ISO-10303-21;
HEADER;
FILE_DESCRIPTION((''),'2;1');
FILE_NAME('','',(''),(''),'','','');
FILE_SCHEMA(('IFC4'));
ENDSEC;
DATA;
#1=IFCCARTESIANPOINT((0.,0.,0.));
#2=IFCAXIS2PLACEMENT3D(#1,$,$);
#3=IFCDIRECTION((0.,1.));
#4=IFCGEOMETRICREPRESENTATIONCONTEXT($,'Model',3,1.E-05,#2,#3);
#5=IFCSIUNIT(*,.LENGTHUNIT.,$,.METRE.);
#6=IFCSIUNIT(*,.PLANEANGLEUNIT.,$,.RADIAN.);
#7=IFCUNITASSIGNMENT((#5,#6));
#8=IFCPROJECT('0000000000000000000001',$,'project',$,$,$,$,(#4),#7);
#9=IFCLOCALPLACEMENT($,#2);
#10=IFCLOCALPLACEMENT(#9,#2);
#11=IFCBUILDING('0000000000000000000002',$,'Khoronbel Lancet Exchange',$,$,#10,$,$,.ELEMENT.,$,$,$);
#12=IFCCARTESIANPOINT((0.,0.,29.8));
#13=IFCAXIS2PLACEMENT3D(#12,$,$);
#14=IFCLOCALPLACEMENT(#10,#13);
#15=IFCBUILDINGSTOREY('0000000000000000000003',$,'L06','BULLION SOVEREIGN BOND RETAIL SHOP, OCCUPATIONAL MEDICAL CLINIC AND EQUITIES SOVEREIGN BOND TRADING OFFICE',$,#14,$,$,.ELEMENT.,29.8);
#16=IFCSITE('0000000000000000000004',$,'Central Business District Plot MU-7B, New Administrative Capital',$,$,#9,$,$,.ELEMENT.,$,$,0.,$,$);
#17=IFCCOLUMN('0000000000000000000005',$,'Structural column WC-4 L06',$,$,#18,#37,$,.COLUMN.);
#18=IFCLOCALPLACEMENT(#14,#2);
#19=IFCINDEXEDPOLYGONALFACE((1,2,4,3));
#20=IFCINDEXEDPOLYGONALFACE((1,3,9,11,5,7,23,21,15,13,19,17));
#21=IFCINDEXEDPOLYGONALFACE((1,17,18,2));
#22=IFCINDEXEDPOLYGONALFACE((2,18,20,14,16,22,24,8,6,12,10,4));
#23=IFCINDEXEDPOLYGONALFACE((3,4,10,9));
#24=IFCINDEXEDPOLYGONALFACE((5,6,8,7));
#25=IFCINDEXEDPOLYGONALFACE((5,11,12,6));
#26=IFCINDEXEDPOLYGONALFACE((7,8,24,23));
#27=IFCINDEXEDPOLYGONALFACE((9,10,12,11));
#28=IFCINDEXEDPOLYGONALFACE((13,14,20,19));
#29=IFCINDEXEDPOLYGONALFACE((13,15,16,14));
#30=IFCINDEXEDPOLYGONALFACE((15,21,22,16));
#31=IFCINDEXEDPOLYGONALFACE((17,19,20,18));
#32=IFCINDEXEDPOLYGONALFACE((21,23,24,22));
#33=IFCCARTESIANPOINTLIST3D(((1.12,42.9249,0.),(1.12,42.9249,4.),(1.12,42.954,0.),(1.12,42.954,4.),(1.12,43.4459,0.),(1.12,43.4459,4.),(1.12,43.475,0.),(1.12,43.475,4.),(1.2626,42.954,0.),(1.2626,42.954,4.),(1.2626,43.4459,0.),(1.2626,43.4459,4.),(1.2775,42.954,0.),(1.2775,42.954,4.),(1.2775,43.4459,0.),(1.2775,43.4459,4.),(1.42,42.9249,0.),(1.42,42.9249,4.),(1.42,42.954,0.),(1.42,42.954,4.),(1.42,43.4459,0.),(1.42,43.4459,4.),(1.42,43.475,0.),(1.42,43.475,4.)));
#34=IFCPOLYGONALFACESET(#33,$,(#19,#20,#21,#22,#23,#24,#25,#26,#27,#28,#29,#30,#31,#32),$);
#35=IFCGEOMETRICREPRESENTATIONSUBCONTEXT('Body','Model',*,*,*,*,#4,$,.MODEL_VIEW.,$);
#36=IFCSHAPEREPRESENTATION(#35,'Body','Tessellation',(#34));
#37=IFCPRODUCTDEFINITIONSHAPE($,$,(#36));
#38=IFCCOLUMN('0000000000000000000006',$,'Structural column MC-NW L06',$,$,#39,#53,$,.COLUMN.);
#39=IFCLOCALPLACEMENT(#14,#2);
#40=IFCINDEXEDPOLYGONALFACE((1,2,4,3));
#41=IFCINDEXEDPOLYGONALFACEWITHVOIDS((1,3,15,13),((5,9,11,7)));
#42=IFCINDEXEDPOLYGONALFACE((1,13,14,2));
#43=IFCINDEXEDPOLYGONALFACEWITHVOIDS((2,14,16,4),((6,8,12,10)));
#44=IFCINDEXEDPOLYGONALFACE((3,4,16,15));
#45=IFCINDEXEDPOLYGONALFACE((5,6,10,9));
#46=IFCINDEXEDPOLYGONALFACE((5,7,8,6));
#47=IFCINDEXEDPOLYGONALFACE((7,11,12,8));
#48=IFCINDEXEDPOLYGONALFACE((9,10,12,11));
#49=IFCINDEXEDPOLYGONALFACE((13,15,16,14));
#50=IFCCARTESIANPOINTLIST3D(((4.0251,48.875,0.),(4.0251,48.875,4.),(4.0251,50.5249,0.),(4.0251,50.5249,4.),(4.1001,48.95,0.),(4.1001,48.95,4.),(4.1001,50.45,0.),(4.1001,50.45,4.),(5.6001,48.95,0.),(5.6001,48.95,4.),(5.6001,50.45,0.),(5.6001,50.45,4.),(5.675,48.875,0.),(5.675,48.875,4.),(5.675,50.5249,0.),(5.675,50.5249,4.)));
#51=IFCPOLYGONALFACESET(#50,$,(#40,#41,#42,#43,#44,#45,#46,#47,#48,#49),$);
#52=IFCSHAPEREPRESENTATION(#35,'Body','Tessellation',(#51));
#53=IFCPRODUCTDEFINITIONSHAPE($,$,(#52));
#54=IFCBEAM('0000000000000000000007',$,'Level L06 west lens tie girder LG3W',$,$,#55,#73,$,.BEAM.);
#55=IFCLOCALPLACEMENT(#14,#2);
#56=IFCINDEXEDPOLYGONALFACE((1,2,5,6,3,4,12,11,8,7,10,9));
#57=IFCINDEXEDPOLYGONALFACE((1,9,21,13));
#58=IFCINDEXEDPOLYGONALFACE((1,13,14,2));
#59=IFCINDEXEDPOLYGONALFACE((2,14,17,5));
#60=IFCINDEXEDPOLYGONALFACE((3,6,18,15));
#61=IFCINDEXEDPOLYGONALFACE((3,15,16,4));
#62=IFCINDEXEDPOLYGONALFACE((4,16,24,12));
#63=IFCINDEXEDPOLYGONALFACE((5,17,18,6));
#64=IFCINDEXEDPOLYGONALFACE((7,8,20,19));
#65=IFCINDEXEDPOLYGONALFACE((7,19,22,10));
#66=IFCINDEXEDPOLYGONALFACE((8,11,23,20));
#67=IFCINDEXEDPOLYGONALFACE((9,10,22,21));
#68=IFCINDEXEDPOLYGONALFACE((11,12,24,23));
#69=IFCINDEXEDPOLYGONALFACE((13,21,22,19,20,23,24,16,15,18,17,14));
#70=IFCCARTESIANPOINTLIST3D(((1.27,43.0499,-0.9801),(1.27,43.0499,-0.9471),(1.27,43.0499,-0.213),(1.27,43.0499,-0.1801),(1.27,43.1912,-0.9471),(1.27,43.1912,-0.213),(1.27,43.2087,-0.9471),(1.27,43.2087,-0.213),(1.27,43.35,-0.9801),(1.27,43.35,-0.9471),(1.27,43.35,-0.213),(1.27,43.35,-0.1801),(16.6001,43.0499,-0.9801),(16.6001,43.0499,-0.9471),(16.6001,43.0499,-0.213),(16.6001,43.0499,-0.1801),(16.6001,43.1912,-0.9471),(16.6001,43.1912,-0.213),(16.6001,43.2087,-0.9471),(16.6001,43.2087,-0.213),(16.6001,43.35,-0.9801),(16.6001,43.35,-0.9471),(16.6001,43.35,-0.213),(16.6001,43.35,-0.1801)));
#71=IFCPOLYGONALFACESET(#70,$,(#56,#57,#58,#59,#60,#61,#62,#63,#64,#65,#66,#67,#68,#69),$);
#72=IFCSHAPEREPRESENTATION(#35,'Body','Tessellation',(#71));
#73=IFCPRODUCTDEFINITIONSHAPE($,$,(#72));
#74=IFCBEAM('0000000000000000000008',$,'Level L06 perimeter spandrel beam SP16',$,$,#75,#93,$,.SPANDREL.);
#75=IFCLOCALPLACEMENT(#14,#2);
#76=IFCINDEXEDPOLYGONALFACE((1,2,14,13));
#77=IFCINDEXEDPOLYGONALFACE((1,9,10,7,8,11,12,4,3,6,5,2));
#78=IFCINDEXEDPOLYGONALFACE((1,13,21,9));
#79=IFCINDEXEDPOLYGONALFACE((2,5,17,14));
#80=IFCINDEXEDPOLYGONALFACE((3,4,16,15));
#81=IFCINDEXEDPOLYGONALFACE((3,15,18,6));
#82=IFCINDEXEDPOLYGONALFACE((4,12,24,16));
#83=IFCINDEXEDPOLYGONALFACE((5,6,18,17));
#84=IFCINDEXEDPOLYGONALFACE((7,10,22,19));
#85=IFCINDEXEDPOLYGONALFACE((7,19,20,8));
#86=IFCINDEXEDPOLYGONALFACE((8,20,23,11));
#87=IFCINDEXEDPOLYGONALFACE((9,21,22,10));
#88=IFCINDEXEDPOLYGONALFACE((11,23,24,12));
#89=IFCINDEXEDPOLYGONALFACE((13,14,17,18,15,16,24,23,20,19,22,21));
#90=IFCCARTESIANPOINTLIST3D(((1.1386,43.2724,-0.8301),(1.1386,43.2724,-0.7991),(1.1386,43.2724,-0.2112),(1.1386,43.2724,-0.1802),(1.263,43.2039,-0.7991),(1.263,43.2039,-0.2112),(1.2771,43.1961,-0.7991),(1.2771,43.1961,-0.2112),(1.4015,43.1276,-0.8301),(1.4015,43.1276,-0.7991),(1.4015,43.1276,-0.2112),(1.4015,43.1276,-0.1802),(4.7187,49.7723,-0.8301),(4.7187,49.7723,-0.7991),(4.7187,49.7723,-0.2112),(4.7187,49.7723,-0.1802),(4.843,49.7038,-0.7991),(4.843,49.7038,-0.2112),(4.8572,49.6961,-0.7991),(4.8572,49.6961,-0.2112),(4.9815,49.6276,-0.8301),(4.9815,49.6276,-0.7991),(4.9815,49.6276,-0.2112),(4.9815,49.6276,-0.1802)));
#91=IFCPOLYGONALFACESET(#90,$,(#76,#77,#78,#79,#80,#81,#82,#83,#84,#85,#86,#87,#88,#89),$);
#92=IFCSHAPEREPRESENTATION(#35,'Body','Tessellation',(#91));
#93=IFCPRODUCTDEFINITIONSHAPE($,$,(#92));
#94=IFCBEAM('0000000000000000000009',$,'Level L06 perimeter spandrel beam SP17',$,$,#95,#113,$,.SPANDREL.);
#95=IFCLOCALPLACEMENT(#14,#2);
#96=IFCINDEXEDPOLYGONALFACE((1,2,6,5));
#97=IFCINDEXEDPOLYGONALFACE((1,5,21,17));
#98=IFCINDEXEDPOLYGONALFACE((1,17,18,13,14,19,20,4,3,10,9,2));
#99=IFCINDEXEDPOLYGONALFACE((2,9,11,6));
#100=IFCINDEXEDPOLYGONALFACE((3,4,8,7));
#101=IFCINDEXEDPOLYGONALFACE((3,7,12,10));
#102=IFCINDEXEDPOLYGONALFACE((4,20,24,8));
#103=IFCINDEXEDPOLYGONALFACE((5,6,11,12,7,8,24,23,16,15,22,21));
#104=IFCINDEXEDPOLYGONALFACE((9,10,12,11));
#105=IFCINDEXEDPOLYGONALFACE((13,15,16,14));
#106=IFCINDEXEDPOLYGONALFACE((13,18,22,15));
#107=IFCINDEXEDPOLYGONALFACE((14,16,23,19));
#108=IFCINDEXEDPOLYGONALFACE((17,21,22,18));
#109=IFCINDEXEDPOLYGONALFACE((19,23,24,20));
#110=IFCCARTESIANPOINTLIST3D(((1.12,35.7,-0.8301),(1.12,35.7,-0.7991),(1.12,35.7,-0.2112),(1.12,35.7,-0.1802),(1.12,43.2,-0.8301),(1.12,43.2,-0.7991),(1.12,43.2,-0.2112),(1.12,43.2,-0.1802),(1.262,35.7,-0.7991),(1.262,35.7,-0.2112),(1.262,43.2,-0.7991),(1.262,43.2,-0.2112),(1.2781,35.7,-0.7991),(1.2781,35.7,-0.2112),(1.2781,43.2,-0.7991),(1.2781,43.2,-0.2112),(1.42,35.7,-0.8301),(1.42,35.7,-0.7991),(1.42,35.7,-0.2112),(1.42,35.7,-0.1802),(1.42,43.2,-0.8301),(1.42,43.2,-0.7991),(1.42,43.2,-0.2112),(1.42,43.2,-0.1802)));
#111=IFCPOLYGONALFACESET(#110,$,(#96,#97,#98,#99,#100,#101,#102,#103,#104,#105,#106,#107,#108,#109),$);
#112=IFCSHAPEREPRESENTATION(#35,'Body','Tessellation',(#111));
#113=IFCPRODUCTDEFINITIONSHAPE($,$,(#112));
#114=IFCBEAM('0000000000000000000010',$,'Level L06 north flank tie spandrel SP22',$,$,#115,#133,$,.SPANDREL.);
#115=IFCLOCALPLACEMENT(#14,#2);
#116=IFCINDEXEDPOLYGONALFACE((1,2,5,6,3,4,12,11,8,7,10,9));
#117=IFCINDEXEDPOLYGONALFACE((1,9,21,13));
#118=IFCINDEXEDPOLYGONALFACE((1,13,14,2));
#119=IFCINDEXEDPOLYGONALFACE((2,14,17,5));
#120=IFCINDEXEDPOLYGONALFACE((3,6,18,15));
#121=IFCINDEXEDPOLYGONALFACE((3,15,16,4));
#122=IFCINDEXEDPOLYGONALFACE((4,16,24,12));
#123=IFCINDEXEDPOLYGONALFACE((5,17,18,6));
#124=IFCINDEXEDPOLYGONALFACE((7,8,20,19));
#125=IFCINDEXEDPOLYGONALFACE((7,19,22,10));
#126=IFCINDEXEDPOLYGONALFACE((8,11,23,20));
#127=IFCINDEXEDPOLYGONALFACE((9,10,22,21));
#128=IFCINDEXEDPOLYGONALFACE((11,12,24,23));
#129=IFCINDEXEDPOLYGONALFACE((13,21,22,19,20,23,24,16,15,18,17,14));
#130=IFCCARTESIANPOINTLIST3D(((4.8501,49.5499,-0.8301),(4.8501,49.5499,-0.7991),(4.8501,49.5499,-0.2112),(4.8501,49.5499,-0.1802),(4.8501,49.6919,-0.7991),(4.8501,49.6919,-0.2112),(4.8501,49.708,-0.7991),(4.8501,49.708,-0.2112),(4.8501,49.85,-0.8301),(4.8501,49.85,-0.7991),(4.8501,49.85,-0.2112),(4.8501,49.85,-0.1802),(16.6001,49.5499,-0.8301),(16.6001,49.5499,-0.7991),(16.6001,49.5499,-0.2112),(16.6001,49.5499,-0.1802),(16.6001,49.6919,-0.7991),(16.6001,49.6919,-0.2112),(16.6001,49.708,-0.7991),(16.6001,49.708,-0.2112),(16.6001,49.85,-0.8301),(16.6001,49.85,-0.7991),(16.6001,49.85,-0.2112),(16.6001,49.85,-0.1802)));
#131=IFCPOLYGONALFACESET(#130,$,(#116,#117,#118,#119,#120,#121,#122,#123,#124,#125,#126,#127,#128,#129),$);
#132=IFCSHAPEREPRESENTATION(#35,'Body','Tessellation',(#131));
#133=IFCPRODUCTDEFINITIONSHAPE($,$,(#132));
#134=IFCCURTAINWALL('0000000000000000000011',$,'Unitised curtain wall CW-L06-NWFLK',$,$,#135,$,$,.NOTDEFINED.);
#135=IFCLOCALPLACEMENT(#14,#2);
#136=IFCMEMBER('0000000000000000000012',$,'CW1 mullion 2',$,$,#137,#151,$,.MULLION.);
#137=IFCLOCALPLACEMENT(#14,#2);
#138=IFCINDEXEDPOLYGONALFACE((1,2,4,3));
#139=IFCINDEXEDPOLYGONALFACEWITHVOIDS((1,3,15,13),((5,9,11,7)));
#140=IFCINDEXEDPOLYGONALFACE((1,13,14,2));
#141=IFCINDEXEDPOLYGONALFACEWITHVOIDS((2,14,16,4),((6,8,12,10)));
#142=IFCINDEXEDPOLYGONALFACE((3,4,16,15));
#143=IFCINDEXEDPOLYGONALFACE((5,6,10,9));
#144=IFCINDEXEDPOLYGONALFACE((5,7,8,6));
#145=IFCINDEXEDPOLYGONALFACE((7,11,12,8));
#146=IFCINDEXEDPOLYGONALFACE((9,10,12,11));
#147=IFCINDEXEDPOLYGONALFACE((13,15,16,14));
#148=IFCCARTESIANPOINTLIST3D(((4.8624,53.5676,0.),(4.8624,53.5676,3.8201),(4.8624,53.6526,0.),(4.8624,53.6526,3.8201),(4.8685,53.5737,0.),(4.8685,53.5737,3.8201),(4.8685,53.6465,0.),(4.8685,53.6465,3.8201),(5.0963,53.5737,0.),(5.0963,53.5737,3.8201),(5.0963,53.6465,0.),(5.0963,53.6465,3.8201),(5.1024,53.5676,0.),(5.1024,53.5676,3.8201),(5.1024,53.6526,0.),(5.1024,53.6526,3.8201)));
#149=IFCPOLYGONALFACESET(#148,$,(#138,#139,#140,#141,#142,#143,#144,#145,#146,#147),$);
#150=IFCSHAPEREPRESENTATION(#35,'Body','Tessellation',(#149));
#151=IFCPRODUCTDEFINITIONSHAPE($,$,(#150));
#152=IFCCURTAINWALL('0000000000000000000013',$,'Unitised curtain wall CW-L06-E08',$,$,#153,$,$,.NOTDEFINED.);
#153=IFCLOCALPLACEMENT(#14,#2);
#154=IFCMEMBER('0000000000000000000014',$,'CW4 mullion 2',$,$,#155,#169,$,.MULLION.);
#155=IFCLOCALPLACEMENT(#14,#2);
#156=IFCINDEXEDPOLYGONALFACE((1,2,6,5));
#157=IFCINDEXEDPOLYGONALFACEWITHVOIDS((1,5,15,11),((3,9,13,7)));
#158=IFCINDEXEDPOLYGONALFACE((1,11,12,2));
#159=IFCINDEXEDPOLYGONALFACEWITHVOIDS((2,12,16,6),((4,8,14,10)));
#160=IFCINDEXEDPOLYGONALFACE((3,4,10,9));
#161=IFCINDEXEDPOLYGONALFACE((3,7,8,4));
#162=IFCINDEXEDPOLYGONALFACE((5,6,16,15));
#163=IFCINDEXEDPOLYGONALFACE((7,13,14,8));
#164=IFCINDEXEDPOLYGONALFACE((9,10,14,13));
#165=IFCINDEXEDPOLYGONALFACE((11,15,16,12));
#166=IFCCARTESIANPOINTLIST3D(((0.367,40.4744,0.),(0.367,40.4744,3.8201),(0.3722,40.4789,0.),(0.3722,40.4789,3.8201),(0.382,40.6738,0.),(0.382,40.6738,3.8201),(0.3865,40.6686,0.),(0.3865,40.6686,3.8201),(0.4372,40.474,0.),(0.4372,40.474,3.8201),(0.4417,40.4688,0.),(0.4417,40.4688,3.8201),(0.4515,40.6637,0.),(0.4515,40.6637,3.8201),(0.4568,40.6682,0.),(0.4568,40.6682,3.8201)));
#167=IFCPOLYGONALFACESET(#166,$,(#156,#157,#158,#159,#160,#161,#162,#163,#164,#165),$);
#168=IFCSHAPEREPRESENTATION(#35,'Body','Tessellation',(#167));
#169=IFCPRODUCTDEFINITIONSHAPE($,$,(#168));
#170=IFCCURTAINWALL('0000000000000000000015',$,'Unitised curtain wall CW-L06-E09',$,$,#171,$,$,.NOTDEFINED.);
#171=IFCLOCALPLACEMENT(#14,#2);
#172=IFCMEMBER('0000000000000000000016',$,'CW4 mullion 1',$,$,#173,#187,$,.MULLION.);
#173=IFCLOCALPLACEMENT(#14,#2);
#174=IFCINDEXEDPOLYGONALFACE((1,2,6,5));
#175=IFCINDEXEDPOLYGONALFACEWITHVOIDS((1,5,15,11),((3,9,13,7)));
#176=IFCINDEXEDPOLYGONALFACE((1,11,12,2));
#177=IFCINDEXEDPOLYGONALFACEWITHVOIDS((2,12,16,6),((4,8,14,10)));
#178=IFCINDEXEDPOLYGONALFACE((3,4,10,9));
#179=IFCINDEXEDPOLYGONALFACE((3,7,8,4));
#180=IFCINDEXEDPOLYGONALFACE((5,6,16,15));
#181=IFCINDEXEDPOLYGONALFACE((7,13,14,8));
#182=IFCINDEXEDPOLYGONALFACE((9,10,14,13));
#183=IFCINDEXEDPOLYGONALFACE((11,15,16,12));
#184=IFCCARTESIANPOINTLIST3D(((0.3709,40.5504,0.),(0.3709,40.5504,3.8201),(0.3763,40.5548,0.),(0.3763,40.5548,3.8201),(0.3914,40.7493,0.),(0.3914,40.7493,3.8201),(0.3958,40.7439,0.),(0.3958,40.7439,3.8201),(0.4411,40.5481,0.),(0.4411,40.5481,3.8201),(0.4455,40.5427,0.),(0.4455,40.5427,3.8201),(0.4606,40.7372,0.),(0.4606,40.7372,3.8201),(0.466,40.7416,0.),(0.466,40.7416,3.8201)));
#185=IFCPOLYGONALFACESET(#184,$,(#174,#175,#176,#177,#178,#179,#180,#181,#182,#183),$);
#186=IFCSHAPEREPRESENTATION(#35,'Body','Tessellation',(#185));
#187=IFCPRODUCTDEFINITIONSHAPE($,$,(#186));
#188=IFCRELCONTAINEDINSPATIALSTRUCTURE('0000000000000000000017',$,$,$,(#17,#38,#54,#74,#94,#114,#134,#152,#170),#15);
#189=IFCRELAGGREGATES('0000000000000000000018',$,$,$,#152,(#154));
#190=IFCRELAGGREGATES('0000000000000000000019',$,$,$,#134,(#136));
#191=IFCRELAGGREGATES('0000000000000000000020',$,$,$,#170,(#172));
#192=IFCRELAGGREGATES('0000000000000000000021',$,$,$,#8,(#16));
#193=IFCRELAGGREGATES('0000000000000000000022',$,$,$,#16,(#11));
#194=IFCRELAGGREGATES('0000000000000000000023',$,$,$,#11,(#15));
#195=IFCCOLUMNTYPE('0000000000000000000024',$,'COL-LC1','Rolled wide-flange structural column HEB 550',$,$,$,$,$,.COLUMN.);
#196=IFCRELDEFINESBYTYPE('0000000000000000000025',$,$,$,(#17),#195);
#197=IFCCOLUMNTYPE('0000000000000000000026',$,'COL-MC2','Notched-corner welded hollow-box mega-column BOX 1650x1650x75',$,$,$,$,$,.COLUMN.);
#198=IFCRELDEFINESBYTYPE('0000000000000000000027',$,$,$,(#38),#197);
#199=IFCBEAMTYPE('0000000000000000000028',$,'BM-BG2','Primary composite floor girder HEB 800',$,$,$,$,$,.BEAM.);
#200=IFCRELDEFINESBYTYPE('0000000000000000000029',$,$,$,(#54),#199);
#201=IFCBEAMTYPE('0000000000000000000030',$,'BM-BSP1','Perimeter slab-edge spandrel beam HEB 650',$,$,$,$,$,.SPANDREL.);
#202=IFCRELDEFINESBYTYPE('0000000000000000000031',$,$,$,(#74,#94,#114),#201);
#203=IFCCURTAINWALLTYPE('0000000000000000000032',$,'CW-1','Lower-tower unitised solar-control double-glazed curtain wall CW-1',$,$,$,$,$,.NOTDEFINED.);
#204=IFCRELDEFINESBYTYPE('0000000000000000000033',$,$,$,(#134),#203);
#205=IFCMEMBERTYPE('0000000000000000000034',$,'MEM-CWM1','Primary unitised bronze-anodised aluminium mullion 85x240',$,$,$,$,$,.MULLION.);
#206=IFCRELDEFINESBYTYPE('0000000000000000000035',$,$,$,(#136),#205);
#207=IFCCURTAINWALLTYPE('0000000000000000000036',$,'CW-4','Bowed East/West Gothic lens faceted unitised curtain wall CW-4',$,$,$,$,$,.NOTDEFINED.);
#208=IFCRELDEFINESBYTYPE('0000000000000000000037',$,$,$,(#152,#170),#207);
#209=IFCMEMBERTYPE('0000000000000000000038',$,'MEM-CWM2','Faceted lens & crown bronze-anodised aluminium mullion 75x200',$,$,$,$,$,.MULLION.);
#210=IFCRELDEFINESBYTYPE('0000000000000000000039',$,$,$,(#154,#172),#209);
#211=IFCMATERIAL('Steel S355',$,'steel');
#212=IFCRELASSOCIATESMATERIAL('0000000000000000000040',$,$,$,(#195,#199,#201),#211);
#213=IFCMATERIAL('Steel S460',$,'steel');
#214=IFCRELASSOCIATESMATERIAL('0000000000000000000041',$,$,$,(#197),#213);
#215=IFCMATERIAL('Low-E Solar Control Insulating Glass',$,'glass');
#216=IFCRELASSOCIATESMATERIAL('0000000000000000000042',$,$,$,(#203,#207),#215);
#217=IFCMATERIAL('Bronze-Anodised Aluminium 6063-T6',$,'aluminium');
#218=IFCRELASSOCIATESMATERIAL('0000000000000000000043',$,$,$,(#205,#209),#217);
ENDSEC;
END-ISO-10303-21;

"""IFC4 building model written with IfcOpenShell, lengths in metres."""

from ifc_helpers import new_model, si_unit, direction, frame, origin, origin_2d, place, context, subcontext, project, spatial, hollow_rectangle, i_section, extrude, material, material_profile, profile_set, type_object, element, aggregate, save


model = new_model("IFC4")

# Units and contexts
model_context = context("Model", 3, precision=1e-05, world=origin(), true_north=direction((0.0, 1.0)))
body_context = subcontext(model_context, "Body", "Model", "MODEL_VIEW")
ifc_project = project(units=[si_unit("LENGTHUNIT", "METRE"), si_unit("PLANEANGLEUNIT", "RADIAN")], contexts=[model_context])

# Site, building, storey
site_placement = place(None, origin())
site = spatial("IfcSite", under=ifc_project, at=site_placement, Name="Central Business District Plot MU-7B, New Administrative Capital", CompositionType="ELEMENT", RefElevation=0.0)
building_placement = place(site_placement, origin())
building = spatial("IfcBuilding", under=site, at=building_placement, Name="Khoronbel Lancet Exchange", CompositionType="ELEMENT")
storey_placement = place(building_placement, frame((0.0, 0.0, 29.8)))
storey = spatial("IfcBuildingStorey", under=building, at=storey_placement, Name="L06", Description="BULLION SOVEREIGN BOND RETAIL SHOP, OCCUPATIONAL MEDICAL CLINIC AND EQUITIES SOVEREIGN BOND TRADING OFFICE", CompositionType="ELEMENT", Elevation=29.8)

# Columns
ifc_material_1 = material(Name="Steel S355", Category="steel")
ifc_material_profile_1 = material_profile(ifc_material_1, i_section(OverallWidth=0.3, OverallDepth=0.55, WebThickness=0.0149, FlangeThickness=0.0291, at=origin_2d()), Name="HEB 550")
ifc_profile_set_1 = profile_set([ifc_material_profile_1], Name="Steel S355")
column_type_1 = type_object("IfcColumnType", Name="COL-LC1", Description="Rolled wide-flange structural column HEB 550", PredefinedType="COLUMN", material=ifc_profile_set_1)
column_1_placement = place(storey_placement, frame((1.27, 43.2, 0.0), z_axis=(0.0, 0.0, 1.0), x_axis=(1.0, 0.0, 0.0)))
element("IfcColumn", 1, at=column_1_placement, inside=storey, type_object=column_type_1, Name="Structural column WC-4 L06", PredefinedType="COLUMN", context=body_context, shape_type="SweptSolid", body=[
    extrude(i_section(OverallWidth=0.3, OverallDepth=0.55, WebThickness=0.0149, FlangeThickness=0.0291, at=origin_2d()), origin(), (0.0, 0.0, 1.0), 4.0),
])
ifc_material_2 = material(Name="Steel S460", Category="steel")
ifc_material_profile_2 = material_profile(ifc_material_2, hollow_rectangle(XDim=1.6499, YDim=1.6499, WallThickness=0.075, at=origin_2d()), Name="BOX 1650x1650x75")
ifc_profile_set_2 = profile_set([ifc_material_profile_2], Name="Steel S460")
column_type_2 = type_object("IfcColumnType", Name="COL-MC2", Description="Notched-corner welded hollow-box mega-column BOX 1650x1650x75", PredefinedType="COLUMN", material=ifc_profile_set_2)
column_2_placement = place(storey_placement, frame((4.8501, 49.7, 0.0), z_axis=(0.0, 0.0, 1.0), x_axis=(1.0, 0.0, 0.0)))
element("IfcColumn", 2, at=column_2_placement, inside=storey, type_object=column_type_2, Name="Structural column MC-NW L06", PredefinedType="COLUMN", context=body_context, shape_type="SweptSolid", body=[
    extrude(hollow_rectangle(XDim=1.6499, YDim=1.6499, WallThickness=0.075, at=origin_2d()), origin(), (0.0, 0.0, 1.0), 4.0),
])

# Beams
ifc_material_profile_3 = material_profile(ifc_material_1, i_section(OverallWidth=0.3, OverallDepth=0.8, WebThickness=0.0176, FlangeThickness=0.033, at=origin_2d()), Name="HEB 800")
ifc_profile_set_3 = profile_set([ifc_material_profile_3], Name="Steel S355")
beam_type_1 = type_object("IfcBeamType", Name="BM-BG2", Description="Primary composite floor girder HEB 800", PredefinedType="BEAM", material=ifc_profile_set_3)
beam_1_placement = place(storey_placement, frame((1.27, 43.2, -0.5801), z_axis=(1.0, 0.0, 0.0), x_axis=(0.0, 1.0, 0.0)))
element("IfcBeam", 3, at=beam_1_placement, inside=storey, type_object=beam_type_1, Name="Level L06 west lens tie girder LG3W", PredefinedType="BEAM", context=body_context, shape_type="SweptSolid", body=[
    extrude(i_section(OverallWidth=0.3, OverallDepth=0.8, WebThickness=0.0176, FlangeThickness=0.033, at=origin_2d()), origin(), (0.0, 0.0, 1.0), 15.3301),
])
ifc_material_profile_4 = material_profile(ifc_material_1, i_section(OverallWidth=0.3, OverallDepth=0.6499, WebThickness=0.0161, FlangeThickness=0.031, at=origin_2d()), Name="HEB 650")
ifc_profile_set_4 = profile_set([ifc_material_profile_4], Name="Steel S355")
beam_type_2 = type_object("IfcBeamType", Name="BM-BSP1", Description="Perimeter slab-edge spandrel beam HEB 650", PredefinedType="SPANDREL", material=ifc_profile_set_4)
beam_2_placement = place(storey_placement, frame((4.8501, 49.7, -0.5051), z_axis=(-0.482444, -0.875927, 0.0), x_axis=(0.875927, -0.482444, 0.0)))
element("IfcBeam", 4, at=beam_2_placement, inside=storey, type_object=beam_type_2, Name="Level L06 perimeter spandrel beam SP16", PredefinedType="SPANDREL", context=body_context, shape_type="SweptSolid", body=[
    extrude(i_section(OverallWidth=0.3, OverallDepth=0.6499, WebThickness=0.0161, FlangeThickness=0.031, at=origin_2d()), origin(), (0.0, 0.0, 1.0), 7.4207),
])
beam_3_placement = place(storey_placement, frame((1.27, 43.2, -0.5051), z_axis=(0.0, -1.0, 0.0), x_axis=(1.0, 0.0, 0.0)))
element("IfcBeam", 5, at=beam_3_placement, inside=storey, type_object=beam_type_2, Name="Level L06 perimeter spandrel beam SP17", PredefinedType="SPANDREL", context=body_context, shape_type="SweptSolid", body=[
    extrude(i_section(OverallWidth=0.3, OverallDepth=0.6499, WebThickness=0.0161, FlangeThickness=0.031, at=origin_2d()), origin(), (0.0, 0.0, 1.0), 7.5),
])
beam_4_placement = place(storey_placement, frame((4.8501, 49.7, -0.5051), z_axis=(1.0, 0.0, 0.0), x_axis=(0.0, 1.0, 0.0)))
element("IfcBeam", 6, at=beam_4_placement, inside=storey, type_object=beam_type_2, Name="Level L06 north flank tie spandrel SP22", PredefinedType="SPANDREL", context=body_context, shape_type="SweptSolid", body=[
    extrude(i_section(OverallWidth=0.3, OverallDepth=0.6499, WebThickness=0.0161, FlangeThickness=0.031, at=origin_2d()), origin(), (0.0, 0.0, 1.0), 11.75),
])

# Curtain walls, members
ifc_material_3 = material(Name="Low-E Solar Control Insulating Glass", Category="glass")
curtain_wall_type_1 = type_object("IfcCurtainWallType", Name="CW-1", Description="Lower-tower unitised solar-control double-glazed curtain wall CW-1", PredefinedType="NOTDEFINED", material=ifc_material_3)
curtain_wall_1_placement = place(storey_placement, origin())
curtain_wall_1 = element("IfcCurtainWall", 7, at=curtain_wall_1_placement, inside=storey, type_object=curtain_wall_type_1, Name="Unitised curtain wall CW-L06-NWFLK", PredefinedType="NOTDEFINED")
ifc_material_4 = material(Name="Bronze-Anodised Aluminium 6063-T6", Category="aluminium")
ifc_material_profile_5 = material_profile(ifc_material_4, hollow_rectangle(XDim=0.085, YDim=0.24, WallThickness=0.0061, at=origin_2d()), Name="ALU MULLION 85x240")
ifc_profile_set_5 = profile_set([ifc_material_profile_5], Name="Bronze-Anodised Aluminium 6063-T6")
member_type_1 = type_object("IfcMemberType", Name="MEM-CWM1", Description="Primary unitised bronze-anodised aluminium mullion 85x240", PredefinedType="MULLION", material=ifc_profile_set_5)
member_1_placement = place(storey_placement, frame((4.9824, 53.6101, 0.0), z_axis=(0.0, 0.0, 1.0), x_axis=(0.0, -1.0, 0.0)))
member_1 = element("IfcMember", 8, at=member_1_placement, type_object=member_type_1, Name="CW1 mullion 2", PredefinedType="MULLION", context=body_context, shape_type="SweptSolid", body=[
    extrude(hollow_rectangle(XDim=0.085, YDim=0.24, WallThickness=0.0061, at=origin_2d()), origin(), (0.0, 0.0, 1.0), 3.8201),
])
curtain_wall_type_2 = type_object("IfcCurtainWallType", Name="CW-4", Description="Bowed East/West Gothic lens faceted unitised curtain wall CW-4", PredefinedType="NOTDEFINED", material=ifc_material_3)
curtain_wall_2_placement = place(storey_placement, origin())
curtain_wall_2 = element("IfcCurtainWall", 9, at=curtain_wall_2_placement, inside=storey, type_object=curtain_wall_type_2, Name="Unitised curtain wall CW-L06-E08", PredefinedType="NOTDEFINED")
ifc_material_profile_6 = material_profile(ifc_material_4, hollow_rectangle(XDim=0.075, YDim=0.2, WallThickness=0.0049, at=origin_2d()), Name="ALU MULLION 75x200")
ifc_profile_set_6 = profile_set([ifc_material_profile_6], Name="Bronze-Anodised Aluminium 6063-T6")
member_type_2 = type_object("IfcMemberType", Name="MEM-CWM2", Description="Faceted lens & crown bronze-anodised aluminium mullion 75x200", PredefinedType="MULLION", material=ifc_profile_set_6)
member_2_placement = place(storey_placement, frame((0.4119, 40.5713, 0.0), z_axis=(0.0, 0.0, 1.0), x_axis=(-0.997154, 0.075395, 0.0)))
member_2 = element("IfcMember", 10, at=member_2_placement, type_object=member_type_2, Name="CW4 mullion 2", PredefinedType="MULLION", context=body_context, shape_type="SweptSolid", body=[
    extrude(hollow_rectangle(XDim=0.075, YDim=0.2, WallThickness=0.0049, at=origin_2d()), origin(), (0.0, 0.0, 1.0), 3.8201),
])

# Curtain wall, member
curtain_wall_3_placement = place(storey_placement, origin())
curtain_wall_3 = element("IfcCurtainWall", 11, at=curtain_wall_3_placement, inside=storey, type_object=curtain_wall_type_2, Name="Unitised curtain wall CW-L06-E09", PredefinedType="NOTDEFINED")
member_3_placement = place(storey_placement, frame((0.4185, 40.646, 0.0), z_axis=(0.0, 0.0, 1.0), x_axis=(-0.99471, 0.102723, 0.0)))
member_3 = element("IfcMember", 12, at=member_3_placement, type_object=member_type_2, Name="CW4 mullion 1", PredefinedType="MULLION", context=body_context, shape_type="SweptSolid", body=[
    extrude(hollow_rectangle(XDim=0.075, YDim=0.2, WallThickness=0.0049, at=origin_2d()), origin(), (0.0, 0.0, 1.0), 3.8201),
])

aggregate(curtain_wall_2, [member_2])
aggregate(curtain_wall_1, [member_1])
aggregate(curtain_wall_3, [member_3])

save(model, "model.ifc")
